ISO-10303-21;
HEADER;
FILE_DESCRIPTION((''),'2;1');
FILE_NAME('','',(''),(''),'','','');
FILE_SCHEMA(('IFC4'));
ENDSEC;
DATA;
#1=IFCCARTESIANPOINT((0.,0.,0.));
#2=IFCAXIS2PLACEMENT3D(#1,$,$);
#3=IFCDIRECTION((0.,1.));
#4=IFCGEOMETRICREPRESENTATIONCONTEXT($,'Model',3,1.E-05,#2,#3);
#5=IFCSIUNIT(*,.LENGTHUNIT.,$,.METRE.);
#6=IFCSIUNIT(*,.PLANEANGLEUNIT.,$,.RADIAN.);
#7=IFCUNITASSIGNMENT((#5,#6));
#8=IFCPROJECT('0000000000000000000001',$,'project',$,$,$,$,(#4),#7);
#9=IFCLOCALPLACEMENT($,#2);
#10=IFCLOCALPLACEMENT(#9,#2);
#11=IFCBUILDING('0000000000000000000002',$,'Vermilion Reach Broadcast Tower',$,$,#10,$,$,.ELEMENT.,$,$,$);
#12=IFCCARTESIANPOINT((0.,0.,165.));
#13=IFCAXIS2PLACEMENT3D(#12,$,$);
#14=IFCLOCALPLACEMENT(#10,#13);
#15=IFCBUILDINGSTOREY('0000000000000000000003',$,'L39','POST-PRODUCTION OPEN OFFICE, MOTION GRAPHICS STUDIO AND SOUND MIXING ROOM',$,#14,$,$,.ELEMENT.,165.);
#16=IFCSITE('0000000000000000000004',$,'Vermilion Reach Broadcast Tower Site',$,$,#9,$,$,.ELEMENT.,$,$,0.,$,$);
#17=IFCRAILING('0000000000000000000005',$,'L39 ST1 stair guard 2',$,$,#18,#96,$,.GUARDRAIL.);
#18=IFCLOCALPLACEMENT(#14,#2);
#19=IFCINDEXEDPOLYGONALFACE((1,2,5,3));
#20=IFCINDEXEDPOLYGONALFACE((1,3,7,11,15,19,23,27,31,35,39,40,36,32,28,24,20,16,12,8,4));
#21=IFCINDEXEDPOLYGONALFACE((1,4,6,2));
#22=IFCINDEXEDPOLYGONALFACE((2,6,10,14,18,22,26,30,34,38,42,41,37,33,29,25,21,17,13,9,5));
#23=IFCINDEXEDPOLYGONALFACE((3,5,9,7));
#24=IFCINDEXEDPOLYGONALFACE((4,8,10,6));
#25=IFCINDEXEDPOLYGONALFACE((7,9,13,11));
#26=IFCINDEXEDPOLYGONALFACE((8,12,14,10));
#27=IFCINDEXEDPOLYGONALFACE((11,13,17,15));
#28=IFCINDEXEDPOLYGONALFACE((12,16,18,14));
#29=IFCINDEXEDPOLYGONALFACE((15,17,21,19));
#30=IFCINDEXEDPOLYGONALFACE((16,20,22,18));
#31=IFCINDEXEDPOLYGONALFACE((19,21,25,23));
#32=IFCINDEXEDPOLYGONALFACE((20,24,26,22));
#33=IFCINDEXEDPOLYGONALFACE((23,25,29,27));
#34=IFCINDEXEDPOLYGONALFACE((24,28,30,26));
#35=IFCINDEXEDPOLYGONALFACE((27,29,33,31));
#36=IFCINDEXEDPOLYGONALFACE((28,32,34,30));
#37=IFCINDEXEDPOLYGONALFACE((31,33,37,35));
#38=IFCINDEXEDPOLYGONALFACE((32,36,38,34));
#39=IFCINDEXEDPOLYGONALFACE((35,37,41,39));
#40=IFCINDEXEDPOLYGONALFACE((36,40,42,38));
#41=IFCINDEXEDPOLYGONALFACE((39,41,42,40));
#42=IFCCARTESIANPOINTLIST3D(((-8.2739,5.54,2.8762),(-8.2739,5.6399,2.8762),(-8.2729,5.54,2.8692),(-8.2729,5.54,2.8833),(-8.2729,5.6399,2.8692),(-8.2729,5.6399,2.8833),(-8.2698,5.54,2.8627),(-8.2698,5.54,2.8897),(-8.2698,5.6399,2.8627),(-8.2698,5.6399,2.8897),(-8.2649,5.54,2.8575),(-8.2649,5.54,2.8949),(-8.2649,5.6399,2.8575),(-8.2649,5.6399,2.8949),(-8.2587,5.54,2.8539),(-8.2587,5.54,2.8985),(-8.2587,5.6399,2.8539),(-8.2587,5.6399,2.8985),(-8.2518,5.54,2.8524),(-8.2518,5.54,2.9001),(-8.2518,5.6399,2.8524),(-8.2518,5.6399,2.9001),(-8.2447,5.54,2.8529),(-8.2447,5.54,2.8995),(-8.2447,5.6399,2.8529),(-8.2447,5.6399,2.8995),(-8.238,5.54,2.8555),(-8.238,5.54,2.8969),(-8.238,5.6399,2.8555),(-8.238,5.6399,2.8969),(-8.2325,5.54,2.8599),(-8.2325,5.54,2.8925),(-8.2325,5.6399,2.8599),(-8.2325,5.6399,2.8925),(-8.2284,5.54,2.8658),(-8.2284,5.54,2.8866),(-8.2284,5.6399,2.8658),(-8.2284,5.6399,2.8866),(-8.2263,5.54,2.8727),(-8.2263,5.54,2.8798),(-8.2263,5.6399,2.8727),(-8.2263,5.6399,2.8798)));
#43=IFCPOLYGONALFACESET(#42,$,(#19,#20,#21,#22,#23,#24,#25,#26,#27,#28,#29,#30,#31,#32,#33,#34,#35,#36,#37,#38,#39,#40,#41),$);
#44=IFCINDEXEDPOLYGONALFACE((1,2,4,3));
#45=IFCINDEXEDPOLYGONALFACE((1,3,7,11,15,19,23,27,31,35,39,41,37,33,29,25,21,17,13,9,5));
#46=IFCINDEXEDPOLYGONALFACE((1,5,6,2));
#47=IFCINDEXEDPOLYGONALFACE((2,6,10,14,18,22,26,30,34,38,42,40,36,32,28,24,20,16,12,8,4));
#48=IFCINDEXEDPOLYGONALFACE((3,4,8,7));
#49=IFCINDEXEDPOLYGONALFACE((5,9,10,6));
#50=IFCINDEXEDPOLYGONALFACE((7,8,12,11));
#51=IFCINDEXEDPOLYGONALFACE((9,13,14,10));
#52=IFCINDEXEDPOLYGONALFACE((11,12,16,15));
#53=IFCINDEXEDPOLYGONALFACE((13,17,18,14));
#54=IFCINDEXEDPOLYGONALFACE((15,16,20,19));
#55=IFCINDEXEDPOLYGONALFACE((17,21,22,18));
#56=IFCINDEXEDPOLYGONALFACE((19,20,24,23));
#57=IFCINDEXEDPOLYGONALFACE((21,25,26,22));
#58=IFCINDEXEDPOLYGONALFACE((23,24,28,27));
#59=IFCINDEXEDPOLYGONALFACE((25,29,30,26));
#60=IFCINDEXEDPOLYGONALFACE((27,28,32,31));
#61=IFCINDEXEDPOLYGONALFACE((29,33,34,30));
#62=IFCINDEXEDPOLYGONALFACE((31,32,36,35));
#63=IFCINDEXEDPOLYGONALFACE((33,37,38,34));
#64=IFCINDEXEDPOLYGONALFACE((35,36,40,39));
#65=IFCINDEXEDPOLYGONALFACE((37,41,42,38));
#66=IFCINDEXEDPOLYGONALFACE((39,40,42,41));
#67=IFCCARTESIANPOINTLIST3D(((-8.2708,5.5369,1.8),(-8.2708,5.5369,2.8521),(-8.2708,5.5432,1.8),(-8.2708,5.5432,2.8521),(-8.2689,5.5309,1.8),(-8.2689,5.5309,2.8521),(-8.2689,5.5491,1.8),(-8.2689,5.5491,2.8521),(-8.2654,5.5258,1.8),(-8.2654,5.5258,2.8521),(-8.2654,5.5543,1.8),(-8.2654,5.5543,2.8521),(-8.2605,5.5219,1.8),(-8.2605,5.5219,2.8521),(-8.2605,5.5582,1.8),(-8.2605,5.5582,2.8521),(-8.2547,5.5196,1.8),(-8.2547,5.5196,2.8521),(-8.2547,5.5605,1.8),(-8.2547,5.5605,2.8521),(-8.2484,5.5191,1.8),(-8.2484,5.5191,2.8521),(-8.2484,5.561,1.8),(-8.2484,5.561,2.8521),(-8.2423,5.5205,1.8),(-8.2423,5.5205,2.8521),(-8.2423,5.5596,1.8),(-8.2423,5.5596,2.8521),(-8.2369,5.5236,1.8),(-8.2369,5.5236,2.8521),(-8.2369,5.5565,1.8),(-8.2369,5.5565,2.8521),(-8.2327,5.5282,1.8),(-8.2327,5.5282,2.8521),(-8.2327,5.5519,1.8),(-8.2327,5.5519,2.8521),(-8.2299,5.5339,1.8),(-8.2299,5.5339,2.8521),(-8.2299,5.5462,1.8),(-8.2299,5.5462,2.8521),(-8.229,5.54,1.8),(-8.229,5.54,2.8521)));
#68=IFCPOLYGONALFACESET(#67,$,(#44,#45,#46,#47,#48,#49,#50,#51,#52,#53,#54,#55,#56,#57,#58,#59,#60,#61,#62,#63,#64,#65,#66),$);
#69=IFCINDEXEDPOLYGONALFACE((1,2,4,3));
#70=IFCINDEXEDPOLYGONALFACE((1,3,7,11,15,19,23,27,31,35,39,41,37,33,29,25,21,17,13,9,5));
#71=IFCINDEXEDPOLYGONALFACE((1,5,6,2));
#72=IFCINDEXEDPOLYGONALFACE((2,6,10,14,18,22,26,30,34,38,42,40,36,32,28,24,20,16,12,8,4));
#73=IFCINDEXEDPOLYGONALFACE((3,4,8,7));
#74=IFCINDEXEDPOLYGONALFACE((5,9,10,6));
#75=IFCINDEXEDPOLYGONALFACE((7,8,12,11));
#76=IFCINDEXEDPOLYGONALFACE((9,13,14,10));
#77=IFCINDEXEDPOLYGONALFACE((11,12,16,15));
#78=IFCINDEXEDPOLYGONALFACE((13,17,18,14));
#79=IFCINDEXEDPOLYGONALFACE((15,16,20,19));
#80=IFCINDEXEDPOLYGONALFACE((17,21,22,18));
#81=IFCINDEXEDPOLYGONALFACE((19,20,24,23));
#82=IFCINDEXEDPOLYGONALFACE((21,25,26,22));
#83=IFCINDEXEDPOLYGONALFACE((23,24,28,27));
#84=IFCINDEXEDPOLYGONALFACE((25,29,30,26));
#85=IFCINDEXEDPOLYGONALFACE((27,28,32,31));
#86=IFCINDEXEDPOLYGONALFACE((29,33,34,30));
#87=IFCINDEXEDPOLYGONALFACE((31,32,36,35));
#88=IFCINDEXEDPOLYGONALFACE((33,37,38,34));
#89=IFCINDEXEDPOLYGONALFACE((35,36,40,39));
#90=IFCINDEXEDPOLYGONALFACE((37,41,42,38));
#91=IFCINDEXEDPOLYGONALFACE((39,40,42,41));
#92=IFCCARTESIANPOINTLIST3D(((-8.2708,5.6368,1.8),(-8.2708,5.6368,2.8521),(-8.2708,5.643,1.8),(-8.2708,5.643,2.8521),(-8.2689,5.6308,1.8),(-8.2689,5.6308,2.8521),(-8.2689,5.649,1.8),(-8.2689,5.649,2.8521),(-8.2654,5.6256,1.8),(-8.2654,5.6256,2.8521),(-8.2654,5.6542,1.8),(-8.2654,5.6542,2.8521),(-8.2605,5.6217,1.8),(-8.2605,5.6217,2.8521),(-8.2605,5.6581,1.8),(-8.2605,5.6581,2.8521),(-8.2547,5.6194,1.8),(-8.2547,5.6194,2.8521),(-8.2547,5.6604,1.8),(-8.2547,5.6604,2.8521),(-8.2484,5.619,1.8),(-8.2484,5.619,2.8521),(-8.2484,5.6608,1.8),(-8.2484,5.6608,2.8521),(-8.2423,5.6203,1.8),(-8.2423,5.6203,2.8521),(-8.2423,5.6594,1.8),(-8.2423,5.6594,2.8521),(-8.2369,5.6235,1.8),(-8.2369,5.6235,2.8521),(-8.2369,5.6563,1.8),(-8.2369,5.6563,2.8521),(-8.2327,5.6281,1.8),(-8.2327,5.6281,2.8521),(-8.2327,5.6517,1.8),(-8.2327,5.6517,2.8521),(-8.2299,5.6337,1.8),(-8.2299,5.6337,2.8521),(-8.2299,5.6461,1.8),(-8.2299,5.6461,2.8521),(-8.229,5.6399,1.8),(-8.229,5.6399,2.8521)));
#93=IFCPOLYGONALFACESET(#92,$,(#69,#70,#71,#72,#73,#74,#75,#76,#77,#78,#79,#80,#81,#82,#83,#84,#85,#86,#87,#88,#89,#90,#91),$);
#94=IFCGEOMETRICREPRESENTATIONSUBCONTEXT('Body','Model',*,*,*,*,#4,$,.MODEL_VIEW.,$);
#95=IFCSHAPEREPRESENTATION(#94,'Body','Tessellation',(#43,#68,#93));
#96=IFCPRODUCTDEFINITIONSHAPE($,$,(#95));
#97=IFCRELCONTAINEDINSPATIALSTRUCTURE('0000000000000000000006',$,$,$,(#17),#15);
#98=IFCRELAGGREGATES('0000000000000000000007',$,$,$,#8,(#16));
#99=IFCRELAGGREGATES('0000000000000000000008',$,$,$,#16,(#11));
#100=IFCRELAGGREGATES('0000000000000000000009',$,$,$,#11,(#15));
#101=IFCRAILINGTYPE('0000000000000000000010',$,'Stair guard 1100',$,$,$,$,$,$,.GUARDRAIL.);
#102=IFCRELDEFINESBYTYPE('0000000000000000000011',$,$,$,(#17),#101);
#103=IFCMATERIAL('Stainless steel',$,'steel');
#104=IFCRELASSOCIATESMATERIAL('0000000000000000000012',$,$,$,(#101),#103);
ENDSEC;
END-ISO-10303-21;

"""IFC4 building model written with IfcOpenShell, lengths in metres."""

from ifc_helpers import new_model, si_unit, direction, frame, origin, origin_2d, place, context, subcontext, project, spatial, circle, extrude, material, type_object, element, save


model = new_model("IFC4")

# Units and contexts
model_context = context("Model", 3, precision=1e-05, world=origin(), true_north=direction((0.0, 1.0)))
body_context = subcontext(model_context, "Body", "Model", "MODEL_VIEW")
ifc_project = project(units=[si_unit("LENGTHUNIT", "METRE"), si_unit("PLANEANGLEUNIT", "RADIAN")], contexts=[model_context])

# Site, building, storey
site_placement = place(None, origin())
site = spatial("IfcSite", under=ifc_project, at=site_placement, Name="Vermilion Reach Broadcast Tower Site", CompositionType="ELEMENT", RefElevation=0.0)
building_placement = place(site_placement, origin())
building = spatial("IfcBuilding", under=site, at=building_placement, Name="Vermilion Reach Broadcast Tower", CompositionType="ELEMENT")
storey_placement = place(building_placement, frame((0.0, 0.0, 165.0)))
storey = spatial("IfcBuildingStorey", under=building, at=storey_placement, Name="L39", Description="POST-PRODUCTION OPEN OFFICE, MOTION GRAPHICS STUDIO AND SOUND MIXING ROOM", CompositionType="ELEMENT", Elevation=165.0)

# Railing
ifc_material_1 = material(Name="Stainless steel", Category="steel")
railing_type_1 = type_object("IfcRailingType", Name="Stair guard 1100", PredefinedType="GUARDRAIL", material=ifc_material_1)
railing_1_placement = place(storey_placement, frame((-8.25, 5.54, 1.8)))
element("IfcRailing", 1, at=railing_1_placement, inside=storey, type_object=railing_type_1, Name="L39 ST1 stair guard 2", PredefinedType="GUARDRAIL", context=body_context, shape_type="SweptSolid", body=[
    extrude(circle(Radius=0.0239, at=origin_2d()), frame((0.0, 0.0, 1.0762), z_axis=(0.0, 1.0, 0.0), x_axis=(-1.0, 0.0, 0.0)), (0.0, 0.0, 1.0), 0.0999),
    extrude(circle(Radius=0.021, at=origin_2d()), origin(), (0.0, 0.0, 1.0), 1.052),
    extrude(circle(Radius=0.021, at=origin_2d()), frame((0.0, 0.0999, 0.0)), (0.0, 0.0, 1.0), 1.052),
])

save(model, "model.ifc")
